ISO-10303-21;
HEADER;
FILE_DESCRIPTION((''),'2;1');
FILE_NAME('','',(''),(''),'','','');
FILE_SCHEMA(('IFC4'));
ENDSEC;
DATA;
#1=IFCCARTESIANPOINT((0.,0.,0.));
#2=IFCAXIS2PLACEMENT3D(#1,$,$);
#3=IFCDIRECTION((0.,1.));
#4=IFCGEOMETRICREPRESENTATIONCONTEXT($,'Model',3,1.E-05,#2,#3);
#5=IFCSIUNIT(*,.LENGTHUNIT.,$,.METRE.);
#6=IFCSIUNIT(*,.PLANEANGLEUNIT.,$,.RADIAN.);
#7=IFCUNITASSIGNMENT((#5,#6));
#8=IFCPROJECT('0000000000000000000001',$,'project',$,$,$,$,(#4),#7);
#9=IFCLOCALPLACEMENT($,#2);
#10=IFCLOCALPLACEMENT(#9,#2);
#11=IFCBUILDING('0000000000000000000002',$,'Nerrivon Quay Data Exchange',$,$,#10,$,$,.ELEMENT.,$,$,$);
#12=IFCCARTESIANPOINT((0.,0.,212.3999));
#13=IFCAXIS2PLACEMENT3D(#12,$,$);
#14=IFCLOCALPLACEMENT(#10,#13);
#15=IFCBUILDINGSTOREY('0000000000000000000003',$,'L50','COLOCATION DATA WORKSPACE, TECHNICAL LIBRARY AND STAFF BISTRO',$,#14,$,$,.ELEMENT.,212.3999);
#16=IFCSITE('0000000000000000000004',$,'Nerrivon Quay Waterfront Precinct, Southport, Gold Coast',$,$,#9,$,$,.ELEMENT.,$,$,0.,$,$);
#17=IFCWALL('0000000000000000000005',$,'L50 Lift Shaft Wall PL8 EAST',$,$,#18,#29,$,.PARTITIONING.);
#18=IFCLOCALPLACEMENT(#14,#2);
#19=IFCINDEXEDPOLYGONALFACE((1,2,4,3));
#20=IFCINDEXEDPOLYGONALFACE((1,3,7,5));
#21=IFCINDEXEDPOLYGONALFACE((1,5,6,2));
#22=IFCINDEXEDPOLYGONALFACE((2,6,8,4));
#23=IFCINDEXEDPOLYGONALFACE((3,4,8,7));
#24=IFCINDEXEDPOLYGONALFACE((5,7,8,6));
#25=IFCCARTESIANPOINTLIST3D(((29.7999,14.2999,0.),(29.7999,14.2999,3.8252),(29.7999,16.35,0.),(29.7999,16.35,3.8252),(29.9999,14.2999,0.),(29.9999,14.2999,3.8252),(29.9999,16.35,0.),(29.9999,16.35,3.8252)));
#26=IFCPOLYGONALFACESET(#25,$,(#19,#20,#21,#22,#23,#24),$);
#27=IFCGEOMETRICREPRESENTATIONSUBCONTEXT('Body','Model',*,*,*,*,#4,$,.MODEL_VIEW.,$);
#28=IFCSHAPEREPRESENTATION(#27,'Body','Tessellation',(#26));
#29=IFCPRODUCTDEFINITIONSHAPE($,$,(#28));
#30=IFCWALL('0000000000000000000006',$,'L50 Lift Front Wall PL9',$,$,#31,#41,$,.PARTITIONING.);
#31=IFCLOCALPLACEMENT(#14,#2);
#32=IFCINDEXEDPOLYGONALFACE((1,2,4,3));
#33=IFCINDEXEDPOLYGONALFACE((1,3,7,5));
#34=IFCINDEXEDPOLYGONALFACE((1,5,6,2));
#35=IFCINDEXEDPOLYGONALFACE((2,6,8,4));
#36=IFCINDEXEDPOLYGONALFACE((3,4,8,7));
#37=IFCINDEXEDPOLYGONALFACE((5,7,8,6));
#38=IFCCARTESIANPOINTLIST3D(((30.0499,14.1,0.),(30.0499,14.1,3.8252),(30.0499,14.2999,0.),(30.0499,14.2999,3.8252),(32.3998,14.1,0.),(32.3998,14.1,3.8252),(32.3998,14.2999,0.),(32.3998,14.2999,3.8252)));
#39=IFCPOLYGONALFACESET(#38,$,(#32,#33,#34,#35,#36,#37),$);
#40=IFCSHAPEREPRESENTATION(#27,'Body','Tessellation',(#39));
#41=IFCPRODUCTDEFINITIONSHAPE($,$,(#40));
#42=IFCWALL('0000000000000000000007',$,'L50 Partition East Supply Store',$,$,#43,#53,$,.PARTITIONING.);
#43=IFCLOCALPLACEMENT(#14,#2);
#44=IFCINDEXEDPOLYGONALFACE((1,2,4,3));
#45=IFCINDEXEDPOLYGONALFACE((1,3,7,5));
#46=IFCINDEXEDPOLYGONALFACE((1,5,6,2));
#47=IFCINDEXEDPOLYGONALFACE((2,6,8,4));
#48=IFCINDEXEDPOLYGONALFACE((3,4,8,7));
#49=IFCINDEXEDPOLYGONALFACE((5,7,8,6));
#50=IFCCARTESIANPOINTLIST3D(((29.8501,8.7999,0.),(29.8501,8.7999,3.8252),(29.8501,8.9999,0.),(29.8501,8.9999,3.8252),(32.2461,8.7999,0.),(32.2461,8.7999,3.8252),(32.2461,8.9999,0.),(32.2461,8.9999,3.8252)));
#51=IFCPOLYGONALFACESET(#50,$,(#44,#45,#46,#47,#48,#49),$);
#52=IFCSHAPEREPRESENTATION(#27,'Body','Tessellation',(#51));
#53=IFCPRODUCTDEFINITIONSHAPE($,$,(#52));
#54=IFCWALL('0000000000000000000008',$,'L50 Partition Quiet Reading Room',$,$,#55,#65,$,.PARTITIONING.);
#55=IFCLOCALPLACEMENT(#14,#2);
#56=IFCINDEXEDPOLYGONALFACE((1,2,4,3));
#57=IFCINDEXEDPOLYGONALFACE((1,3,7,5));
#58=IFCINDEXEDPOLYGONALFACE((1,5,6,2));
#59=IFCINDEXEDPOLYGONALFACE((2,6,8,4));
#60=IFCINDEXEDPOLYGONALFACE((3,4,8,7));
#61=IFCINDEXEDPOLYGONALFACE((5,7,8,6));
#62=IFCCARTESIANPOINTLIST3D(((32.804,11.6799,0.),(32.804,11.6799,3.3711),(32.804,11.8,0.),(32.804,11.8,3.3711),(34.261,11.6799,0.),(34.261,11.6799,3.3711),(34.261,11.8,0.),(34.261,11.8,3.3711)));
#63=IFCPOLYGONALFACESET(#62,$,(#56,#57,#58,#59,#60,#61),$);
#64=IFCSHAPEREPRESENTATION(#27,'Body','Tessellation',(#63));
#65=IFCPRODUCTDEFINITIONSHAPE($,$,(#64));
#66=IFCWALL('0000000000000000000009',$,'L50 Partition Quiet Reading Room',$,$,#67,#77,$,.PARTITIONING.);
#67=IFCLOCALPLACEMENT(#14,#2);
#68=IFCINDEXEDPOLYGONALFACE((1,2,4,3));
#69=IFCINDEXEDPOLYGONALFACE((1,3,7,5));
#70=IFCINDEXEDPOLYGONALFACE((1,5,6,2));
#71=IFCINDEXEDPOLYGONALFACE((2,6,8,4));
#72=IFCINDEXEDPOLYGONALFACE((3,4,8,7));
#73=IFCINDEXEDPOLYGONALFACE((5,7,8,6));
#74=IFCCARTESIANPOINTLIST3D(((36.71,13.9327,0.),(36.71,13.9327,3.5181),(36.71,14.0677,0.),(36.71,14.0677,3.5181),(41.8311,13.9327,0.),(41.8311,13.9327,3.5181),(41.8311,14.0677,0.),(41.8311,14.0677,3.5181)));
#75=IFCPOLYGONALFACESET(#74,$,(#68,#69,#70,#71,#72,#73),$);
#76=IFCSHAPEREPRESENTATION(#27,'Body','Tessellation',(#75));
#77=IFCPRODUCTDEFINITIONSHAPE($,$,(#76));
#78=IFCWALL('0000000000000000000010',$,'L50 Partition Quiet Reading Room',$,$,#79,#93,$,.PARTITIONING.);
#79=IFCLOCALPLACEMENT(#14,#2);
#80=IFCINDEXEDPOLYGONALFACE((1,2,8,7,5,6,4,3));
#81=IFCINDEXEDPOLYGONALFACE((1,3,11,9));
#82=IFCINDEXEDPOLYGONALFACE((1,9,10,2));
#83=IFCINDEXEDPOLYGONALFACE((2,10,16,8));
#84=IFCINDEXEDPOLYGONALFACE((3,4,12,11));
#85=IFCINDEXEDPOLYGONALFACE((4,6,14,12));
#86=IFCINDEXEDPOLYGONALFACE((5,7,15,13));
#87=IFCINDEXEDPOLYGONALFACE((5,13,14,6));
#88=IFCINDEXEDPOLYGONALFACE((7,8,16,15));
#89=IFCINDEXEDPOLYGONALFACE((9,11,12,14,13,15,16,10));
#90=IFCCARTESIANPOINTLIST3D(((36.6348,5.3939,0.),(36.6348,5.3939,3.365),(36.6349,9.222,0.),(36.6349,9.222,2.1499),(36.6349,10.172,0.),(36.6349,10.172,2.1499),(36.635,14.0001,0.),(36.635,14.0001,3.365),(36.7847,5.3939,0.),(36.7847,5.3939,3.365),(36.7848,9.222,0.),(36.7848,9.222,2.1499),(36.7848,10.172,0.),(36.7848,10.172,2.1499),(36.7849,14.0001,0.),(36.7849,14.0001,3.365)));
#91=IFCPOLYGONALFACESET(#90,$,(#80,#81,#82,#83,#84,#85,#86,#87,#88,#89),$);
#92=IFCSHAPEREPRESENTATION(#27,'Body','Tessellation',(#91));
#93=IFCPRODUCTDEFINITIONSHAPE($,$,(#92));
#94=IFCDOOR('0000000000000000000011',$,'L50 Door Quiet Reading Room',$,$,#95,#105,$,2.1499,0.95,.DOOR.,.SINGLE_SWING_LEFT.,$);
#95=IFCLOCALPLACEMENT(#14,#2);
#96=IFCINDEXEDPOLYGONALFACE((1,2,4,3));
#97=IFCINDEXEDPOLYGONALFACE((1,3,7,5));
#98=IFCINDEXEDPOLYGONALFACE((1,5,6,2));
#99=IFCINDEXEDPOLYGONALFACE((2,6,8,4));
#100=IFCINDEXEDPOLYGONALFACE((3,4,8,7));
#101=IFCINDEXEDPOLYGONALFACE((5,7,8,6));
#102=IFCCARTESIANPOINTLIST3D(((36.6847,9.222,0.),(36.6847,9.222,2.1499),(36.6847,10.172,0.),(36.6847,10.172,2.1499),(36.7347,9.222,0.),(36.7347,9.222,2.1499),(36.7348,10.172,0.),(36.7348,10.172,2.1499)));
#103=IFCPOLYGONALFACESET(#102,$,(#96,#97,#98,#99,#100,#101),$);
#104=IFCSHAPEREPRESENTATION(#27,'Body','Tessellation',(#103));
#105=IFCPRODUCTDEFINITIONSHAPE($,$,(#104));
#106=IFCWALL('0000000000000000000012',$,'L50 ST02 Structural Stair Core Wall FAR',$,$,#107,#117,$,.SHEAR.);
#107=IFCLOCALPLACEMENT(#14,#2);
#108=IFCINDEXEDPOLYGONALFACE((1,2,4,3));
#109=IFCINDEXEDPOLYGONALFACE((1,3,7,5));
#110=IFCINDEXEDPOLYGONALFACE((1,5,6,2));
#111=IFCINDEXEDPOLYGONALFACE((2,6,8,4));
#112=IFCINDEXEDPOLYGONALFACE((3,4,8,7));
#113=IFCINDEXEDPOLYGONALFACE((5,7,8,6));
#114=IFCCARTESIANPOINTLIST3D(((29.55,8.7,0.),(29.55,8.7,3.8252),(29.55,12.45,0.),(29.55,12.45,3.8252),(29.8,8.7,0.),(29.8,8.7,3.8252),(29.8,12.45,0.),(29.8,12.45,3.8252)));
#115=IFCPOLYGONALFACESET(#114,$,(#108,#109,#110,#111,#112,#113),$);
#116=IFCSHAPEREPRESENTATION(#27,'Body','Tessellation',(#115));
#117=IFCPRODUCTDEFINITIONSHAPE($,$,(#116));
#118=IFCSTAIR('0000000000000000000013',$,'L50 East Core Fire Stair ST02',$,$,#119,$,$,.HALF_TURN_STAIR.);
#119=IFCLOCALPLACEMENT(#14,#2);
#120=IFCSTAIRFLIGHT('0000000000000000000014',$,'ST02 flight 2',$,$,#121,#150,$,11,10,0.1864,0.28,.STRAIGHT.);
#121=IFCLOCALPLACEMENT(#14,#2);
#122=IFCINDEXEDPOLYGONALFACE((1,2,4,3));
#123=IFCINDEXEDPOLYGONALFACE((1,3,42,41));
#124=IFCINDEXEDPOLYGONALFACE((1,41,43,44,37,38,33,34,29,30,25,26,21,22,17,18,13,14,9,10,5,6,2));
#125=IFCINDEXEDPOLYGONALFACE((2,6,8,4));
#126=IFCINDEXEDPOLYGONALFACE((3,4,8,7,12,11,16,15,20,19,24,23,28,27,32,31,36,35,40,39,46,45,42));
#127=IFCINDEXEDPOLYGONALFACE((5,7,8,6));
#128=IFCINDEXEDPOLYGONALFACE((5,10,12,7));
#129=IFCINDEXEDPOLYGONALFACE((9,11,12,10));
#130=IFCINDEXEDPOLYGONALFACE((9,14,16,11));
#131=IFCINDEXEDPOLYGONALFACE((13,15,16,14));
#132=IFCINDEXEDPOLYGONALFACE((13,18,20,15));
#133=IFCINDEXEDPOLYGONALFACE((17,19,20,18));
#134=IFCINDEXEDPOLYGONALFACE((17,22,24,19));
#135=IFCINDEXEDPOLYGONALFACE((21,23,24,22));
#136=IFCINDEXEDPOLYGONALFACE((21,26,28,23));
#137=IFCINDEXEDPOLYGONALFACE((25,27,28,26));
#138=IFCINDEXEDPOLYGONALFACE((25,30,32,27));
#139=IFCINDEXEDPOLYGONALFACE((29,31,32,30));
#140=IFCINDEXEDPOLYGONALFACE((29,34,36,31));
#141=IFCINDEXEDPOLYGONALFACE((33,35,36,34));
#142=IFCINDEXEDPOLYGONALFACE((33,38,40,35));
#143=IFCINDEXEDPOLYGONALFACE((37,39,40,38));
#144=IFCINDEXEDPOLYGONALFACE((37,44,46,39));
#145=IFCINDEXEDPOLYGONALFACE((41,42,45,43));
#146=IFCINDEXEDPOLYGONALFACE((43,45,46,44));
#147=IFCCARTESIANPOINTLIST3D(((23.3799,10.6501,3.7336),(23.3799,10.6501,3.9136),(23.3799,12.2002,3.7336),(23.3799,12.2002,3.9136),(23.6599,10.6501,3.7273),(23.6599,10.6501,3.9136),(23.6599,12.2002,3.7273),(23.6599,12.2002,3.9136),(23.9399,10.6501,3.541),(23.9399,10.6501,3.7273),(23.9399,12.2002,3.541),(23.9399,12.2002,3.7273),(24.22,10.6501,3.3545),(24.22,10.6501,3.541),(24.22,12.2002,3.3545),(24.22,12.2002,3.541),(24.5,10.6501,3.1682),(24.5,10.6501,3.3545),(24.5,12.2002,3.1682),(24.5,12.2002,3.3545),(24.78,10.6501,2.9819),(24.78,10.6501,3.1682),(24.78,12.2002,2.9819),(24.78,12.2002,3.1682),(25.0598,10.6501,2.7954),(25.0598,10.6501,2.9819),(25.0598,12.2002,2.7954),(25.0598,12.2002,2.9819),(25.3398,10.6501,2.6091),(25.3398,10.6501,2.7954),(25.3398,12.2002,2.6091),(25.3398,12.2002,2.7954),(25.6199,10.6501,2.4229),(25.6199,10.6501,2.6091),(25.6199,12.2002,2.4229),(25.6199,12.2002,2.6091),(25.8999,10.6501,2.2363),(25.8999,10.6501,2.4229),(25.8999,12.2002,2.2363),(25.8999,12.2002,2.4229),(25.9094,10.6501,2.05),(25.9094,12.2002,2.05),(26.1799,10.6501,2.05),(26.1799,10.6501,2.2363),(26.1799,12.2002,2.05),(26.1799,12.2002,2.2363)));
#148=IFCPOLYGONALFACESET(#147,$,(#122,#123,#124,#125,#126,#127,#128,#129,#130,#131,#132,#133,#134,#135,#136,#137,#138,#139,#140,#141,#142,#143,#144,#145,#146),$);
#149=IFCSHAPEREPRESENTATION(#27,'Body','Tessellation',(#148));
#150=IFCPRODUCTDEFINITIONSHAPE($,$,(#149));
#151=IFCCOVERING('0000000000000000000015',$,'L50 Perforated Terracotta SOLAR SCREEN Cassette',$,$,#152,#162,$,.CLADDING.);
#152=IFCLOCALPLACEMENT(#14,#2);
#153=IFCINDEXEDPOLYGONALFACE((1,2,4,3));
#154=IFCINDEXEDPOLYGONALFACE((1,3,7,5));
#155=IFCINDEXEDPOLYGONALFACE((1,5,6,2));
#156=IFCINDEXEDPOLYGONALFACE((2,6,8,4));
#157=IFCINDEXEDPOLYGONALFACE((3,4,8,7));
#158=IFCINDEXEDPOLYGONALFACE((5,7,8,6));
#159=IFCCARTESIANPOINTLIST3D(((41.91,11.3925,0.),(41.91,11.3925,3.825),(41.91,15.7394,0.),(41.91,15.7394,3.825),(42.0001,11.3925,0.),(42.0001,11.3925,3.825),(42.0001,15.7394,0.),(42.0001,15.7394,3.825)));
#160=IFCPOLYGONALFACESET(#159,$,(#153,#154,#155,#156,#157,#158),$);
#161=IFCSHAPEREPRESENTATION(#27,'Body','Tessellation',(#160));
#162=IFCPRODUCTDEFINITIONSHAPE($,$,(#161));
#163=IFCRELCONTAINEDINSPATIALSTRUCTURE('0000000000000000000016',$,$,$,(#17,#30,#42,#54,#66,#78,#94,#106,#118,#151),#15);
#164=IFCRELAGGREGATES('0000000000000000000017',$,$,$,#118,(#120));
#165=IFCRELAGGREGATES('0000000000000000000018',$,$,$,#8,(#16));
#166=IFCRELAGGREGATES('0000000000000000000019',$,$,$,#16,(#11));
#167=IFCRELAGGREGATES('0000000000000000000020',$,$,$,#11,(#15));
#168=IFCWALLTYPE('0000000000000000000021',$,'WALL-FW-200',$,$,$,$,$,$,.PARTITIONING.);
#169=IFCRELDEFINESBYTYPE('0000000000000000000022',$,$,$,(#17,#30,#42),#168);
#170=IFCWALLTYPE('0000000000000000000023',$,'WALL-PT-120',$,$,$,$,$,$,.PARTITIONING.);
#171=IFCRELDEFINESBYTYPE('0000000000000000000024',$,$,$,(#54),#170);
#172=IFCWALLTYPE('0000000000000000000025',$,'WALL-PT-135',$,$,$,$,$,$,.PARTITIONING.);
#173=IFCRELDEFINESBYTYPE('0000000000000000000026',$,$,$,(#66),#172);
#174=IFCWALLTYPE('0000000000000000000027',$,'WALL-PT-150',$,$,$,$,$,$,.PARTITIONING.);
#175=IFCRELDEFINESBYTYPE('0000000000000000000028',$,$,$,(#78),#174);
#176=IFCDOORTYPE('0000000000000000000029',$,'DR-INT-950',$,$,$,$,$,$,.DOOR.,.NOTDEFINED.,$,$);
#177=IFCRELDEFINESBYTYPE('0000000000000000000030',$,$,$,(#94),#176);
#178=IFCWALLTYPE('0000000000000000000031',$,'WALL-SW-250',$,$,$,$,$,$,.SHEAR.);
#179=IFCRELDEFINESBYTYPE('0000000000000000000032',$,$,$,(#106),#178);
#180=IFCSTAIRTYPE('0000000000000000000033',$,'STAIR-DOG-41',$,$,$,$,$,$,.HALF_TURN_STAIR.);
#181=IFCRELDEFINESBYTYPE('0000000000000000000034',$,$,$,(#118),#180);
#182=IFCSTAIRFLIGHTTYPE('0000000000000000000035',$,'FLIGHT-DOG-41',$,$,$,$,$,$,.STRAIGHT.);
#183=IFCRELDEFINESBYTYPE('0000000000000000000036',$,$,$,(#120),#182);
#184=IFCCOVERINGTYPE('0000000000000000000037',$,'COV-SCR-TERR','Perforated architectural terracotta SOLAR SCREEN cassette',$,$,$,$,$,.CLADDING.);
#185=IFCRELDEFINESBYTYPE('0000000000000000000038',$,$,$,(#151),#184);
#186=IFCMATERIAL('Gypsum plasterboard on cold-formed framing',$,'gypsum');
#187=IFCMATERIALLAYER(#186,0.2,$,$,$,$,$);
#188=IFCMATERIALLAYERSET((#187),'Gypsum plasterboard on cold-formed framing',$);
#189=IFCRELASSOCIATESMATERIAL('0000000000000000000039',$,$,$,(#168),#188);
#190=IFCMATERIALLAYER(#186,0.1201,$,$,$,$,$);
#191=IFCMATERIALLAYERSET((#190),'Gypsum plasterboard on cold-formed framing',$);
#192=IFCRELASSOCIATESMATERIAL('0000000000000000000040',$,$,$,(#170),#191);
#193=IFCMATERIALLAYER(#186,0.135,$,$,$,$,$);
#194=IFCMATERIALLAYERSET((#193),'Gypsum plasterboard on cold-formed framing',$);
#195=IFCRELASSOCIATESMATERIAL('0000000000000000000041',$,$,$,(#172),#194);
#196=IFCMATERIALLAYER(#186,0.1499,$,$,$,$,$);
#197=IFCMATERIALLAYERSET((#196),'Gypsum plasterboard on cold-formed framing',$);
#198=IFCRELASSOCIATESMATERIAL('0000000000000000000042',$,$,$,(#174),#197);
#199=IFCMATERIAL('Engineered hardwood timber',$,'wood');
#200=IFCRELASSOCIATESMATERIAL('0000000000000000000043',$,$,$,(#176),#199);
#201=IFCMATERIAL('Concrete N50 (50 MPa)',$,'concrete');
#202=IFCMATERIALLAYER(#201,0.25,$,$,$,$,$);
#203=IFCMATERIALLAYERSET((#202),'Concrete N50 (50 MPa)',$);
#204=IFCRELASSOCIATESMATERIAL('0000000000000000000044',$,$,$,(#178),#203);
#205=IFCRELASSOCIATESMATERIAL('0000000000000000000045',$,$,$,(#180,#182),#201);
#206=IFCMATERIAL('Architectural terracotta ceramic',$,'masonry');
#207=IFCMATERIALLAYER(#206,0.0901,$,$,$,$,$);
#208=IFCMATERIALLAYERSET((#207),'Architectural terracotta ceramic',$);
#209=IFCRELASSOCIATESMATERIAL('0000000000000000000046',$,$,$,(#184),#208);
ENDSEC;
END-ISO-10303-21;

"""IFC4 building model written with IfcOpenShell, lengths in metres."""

from ifc_helpers import new_model, si_unit, direction, frame, frame_2d, origin, origin_2d, place, context, subcontext, project, spatial, polyline, rectangle, outline, extrude, material, layer, layer_set, type_object, element, fill, aggregate, save


model = new_model("IFC4")

# Units and contexts
model_context = context("Model", 3, precision=1e-05, world=origin(), true_north=direction((0.0, 1.0)))
body_context = subcontext(model_context, "Body", "Model", "MODEL_VIEW")
ifc_project = project(units=[si_unit("LENGTHUNIT", "METRE"), si_unit("PLANEANGLEUNIT", "RADIAN")], contexts=[model_context])

# Site, building, storey
site_placement = place(None, origin())
site = spatial("IfcSite", under=ifc_project, at=site_placement, Name="Nerrivon Quay Waterfront Precinct, Southport, Gold Coast", CompositionType="ELEMENT", RefElevation=0.0)
building_placement = place(site_placement, origin())
building = spatial("IfcBuilding", under=site, at=building_placement, Name="Nerrivon Quay Data Exchange", CompositionType="ELEMENT")
storey_placement = place(building_placement, frame((0.0, 0.0, 212.3999)))
storey = spatial("IfcBuildingStorey", under=building, at=storey_placement, Name="L50", Description="COLOCATION DATA WORKSPACE, TECHNICAL LIBRARY AND STAFF BISTRO", CompositionType="ELEMENT", Elevation=212.3999)

# Walls
ifc_material_1 = material(Name="Gypsum plasterboard on cold-formed framing", Category="gypsum")
ifc_layer_1 = layer(ifc_material_1, 0.2)
ifc_layer_set_1 = layer_set([ifc_layer_1], Name="Gypsum plasterboard on cold-formed framing")
wall_type_1 = type_object("IfcWallType", Name="WALL-FW-200", PredefinedType="PARTITIONING", material=ifc_layer_set_1)
wall_1_placement = place(storey_placement, frame((29.8999, 14.3, 0.0), z_axis=(0.0, 0.0, 1.0), x_axis=(0.0, 1.0, 0.0)))
element("IfcWall", 1, at=wall_1_placement, inside=storey, type_object=wall_type_1, Name="L50 Lift Shaft Wall PL8 EAST", PredefinedType="PARTITIONING", context=body_context, shape_type="SweptSolid", body=[
    extrude(rectangle(XDim=2.05, YDim=0.2, at=frame_2d((1.0249, 0.0))), origin(), (0.0, 0.0, 1.0), 3.8252),
])
wall_2_placement = place(storey_placement, frame((30.05, 14.2, 0.0), z_axis=(0.0, 0.0, 1.0), x_axis=(1.0, 0.0, 0.0)))
element("IfcWall", 2, at=wall_2_placement, inside=storey, type_object=wall_type_1, Name="L50 Lift Front Wall PL9", PredefinedType="PARTITIONING", context=body_context, shape_type="SweptSolid", body=[
    extrude(rectangle(XDim=2.3499, YDim=0.2, at=frame_2d((1.1748, 0.0))), origin(), (0.0, 0.0, 1.0), 3.8252),
])

# Shared definitions
ifc_material_2 = material(Name="Engineered hardwood timber", Category="wood")

# Walls
wall_3_placement = place(storey_placement, frame((29.8501, 8.8999, 0.0), z_axis=(0.0, 0.0, 1.0), x_axis=(1.0, 0.0, 0.0)))
element("IfcWall", 3, at=wall_3_placement, inside=storey, type_object=wall_type_1, Name="L50 Partition East Supply Store", PredefinedType="PARTITIONING", context=body_context, shape_type="SweptSolid", body=[
    extrude(rectangle(XDim=2.396, YDim=0.2, at=frame_2d((1.198, 0.0))), origin(), (0.0, 0.0, 1.0), 3.8252),
])
ifc_layer_2 = layer(ifc_material_1, 0.1201)
ifc_layer_set_2 = layer_set([ifc_layer_2], Name="Gypsum plasterboard on cold-formed framing")
wall_type_2 = type_object("IfcWallType", Name="WALL-PT-120", PredefinedType="PARTITIONING", material=ifc_layer_set_2)
wall_4_placement = place(storey_placement, frame((34.261, 11.74, 0.0), z_axis=(0.0, 0.0, 1.0), x_axis=(-1.0, 0.0, 0.0)))
element("IfcWall", 4, at=wall_4_placement, inside=storey, type_object=wall_type_2, Name="L50 Partition Quiet Reading Room", PredefinedType="PARTITIONING", context=body_context, shape_type="SweptSolid", body=[
    extrude(rectangle(XDim=1.457, YDim=0.1201, at=frame_2d((0.7285, 0.0))), origin(), (0.0, 0.0, 1.0), 3.3711),
])
ifc_layer_3 = layer(ifc_material_1, 0.135)
ifc_layer_set_3 = layer_set([ifc_layer_3], Name="Gypsum plasterboard on cold-formed framing")
wall_type_3 = type_object("IfcWallType", Name="WALL-PT-135", PredefinedType="PARTITIONING", material=ifc_layer_set_3)
wall_5_placement = place(storey_placement, frame((41.8311, 14.0002, 0.0), z_axis=(0.0, 0.0, 1.0), x_axis=(-1.0, 0.0, 0.0)))
element("IfcWall", 5, at=wall_5_placement, inside=storey, type_object=wall_type_3, Name="L50 Partition Quiet Reading Room", PredefinedType="PARTITIONING", context=body_context, shape_type="SweptSolid", body=[
    extrude(rectangle(XDim=5.1211, YDim=0.135, at=frame_2d((2.5605, 0.0))), origin(), (0.0, 0.0, 1.0), 3.5181),
])

# Wall, opening, door
ifc_layer_4 = layer(ifc_material_1, 0.1499)
ifc_layer_set_4 = layer_set([ifc_layer_4], Name="Gypsum plasterboard on cold-formed framing")
wall_type_4 = type_object("IfcWallType", Name="WALL-PT-150", PredefinedType="PARTITIONING", material=ifc_layer_set_4)
wall_6_placement = place(storey_placement, frame((36.71, 14.0002, 0.0), z_axis=(0.0, 0.0, 1.0), x_axis=(-0.000028, -1.0, 0.0)))
wall_6 = element("IfcWall", 6, at=wall_6_placement, inside=storey, type_object=wall_type_4, Name="L50 Partition Quiet Reading Room", PredefinedType="PARTITIONING", context=body_context, shape_type="SweptSolid", body=[
    extrude(rectangle(XDim=8.6062, YDim=0.1499, at=frame_2d((4.3032, 0.0))), origin(), (0.0, 0.0, 1.0), 3.365),
])
opening_1_placement = place(wall_6_placement, frame((3.8281, 0.0, 0.0)))
opening_1 = element("IfcOpeningElement", 7, at=opening_1_placement, cuts=wall_6, PredefinedType="OPENING", context=body_context, shape_type="SweptSolid", body=[
    extrude(rectangle(XDim=0.95, YDim=2.1499, at=frame_2d((0.4751, 1.075))), frame((0.0, 0.085, 0.0), z_axis=(0.0, -1.0, 0.0), x_axis=(1.0, 0.0, 0.0)), (0.0, 0.0, 1.0), 0.1699),
])
door_type_1 = type_object("IfcDoorType", Name="DR-INT-950", OperationType="NOTDEFINED", PredefinedType="DOOR", material=ifc_material_2)
door_1_placement = place(opening_1_placement, origin())
door_1 = element("IfcDoor", 8, at=door_1_placement, inside=storey, type_object=door_type_1, Name="L50 Door Quiet Reading Room", OperationType="SINGLE_SWING_LEFT", OverallHeight=2.1499, OverallWidth=0.95, PredefinedType="DOOR", context=body_context, shape_type="SweptSolid", body=[
    extrude(rectangle(XDim=0.95, YDim=2.1499, at=frame_2d((0.4751, 1.075))), frame((0.0, 0.0249, 0.0), z_axis=(0.0, -1.0, 0.0), x_axis=(1.0, 0.0, 0.0)), (0.0, 0.0, 1.0), 0.05),
])
fill(opening_1, door_1)

# Wall
ifc_material_3 = material(Name="Concrete N50 (50 MPa)", Category="concrete")
ifc_layer_5 = layer(ifc_material_3, 0.25)
ifc_layer_set_5 = layer_set([ifc_layer_5], Name="Concrete N50 (50 MPa)")
wall_type_5 = type_object("IfcWallType", Name="WALL-SW-250", PredefinedType="SHEAR", material=ifc_layer_set_5)
wall_7_placement = place(storey_placement, frame((29.675, 8.7, 0.0), z_axis=(0.0, 0.0, 1.0), x_axis=(0.0, 1.0, 0.0)))
element("IfcWall", 9, at=wall_7_placement, inside=storey, type_object=wall_type_5, Name="L50 ST02 Structural Stair Core Wall FAR", PredefinedType="SHEAR", context=body_context, shape_type="SweptSolid", body=[
    extrude(rectangle(XDim=3.75, YDim=0.25, at=frame_2d((1.875, 0.0))), origin(), (0.0, 0.0, 1.0), 3.8252),
])

# Stair, stair flight
stair_type = type_object("IfcStairType", Name="STAIR-DOG-41", PredefinedType="HALF_TURN_STAIR", material=ifc_material_3)
stair_placement = place(storey_placement, origin())
stair = element("IfcStair", 10, at=stair_placement, inside=storey, type_object=stair_type, Name="L50 East Core Fire Stair ST02", PredefinedType="HALF_TURN_STAIR")
stair_flight_type = type_object("IfcStairFlightType", Name="FLIGHT-DOG-41", PredefinedType="STRAIGHT", material=ifc_material_3)
stair_flight_placement = place(storey_placement, frame((26.1799, 11.425, 2.05), z_axis=(0.0, 0.0, 1.0), x_axis=(-1.0, 0.0, 0.0)))
stair_flight = element("IfcStairFlight", 11, at=stair_flight_placement, type_object=stair_flight_type, Name="ST02 flight 2", NumberOfRisers=11, NumberOfTreads=10, PredefinedType="STRAIGHT", RiserHeight=0.1864, TreadLength=0.28, context=body_context, shape_type="SweptSolid", body=[
    extrude(outline(polyline([(0.0, 0.0), (0.0, 0.1863), (0.28, 0.1863), (0.28, 0.3728), (0.5601, 0.3728), (0.5601, 0.5591), (0.8401, 0.5591), (0.8401, 0.7454), (1.1201, 0.7454), (1.1201, 0.9319), (1.3999, 0.9319), (1.3999, 1.1182), (1.6799, 1.1182), (1.6799, 1.3044), (1.96, 1.3044), (1.96, 1.491), (2.24, 1.491), (2.24, 1.6772), (2.52, 1.6772), (2.52, 1.8635), (2.8, 1.8635), (2.8, 2.05), (2.8, 1.6836), (0.2705, 0.0), (0.0, 0.0)])), frame((0.0, 0.7749, 0.0), z_axis=(0.0, -1.0, 0.0), x_axis=(1.0, 0.0, 0.0)), (0.0, 0.0, 1.0), 1.55),
])
aggregate(stair, [stair_flight])

# Covering
ifc_material_4 = material(Name="Architectural terracotta ceramic", Category="masonry")
ifc_layer_6 = layer(ifc_material_4, 0.0901)
ifc_layer_set_6 = layer_set([ifc_layer_6], Name="Architectural terracotta ceramic")
covering_type = type_object("IfcCoveringType", Name="COV-SCR-TERR", Description="Perforated architectural terracotta SOLAR SCREEN cassette", PredefinedType="CLADDING", material=ifc_layer_set_6)
covering_placement = place(storey_placement, frame((41.9551, 13.5659, 0.0), z_axis=(0.0, 0.0, 1.0), x_axis=(0.0, -1.0, 0.0)))
element("IfcCovering", 12, at=covering_placement, inside=storey, type_object=covering_type, Name="L50 Perforated Terracotta SOLAR SCREEN Cassette", PredefinedType="CLADDING", context=body_context, shape_type="SweptSolid", body=[
    extrude(rectangle(XDim=4.3469, YDim=0.0901, at=origin_2d()), origin(), (0.0, 0.0, 1.0), 3.825),
])

save(model, "model.ifc")
